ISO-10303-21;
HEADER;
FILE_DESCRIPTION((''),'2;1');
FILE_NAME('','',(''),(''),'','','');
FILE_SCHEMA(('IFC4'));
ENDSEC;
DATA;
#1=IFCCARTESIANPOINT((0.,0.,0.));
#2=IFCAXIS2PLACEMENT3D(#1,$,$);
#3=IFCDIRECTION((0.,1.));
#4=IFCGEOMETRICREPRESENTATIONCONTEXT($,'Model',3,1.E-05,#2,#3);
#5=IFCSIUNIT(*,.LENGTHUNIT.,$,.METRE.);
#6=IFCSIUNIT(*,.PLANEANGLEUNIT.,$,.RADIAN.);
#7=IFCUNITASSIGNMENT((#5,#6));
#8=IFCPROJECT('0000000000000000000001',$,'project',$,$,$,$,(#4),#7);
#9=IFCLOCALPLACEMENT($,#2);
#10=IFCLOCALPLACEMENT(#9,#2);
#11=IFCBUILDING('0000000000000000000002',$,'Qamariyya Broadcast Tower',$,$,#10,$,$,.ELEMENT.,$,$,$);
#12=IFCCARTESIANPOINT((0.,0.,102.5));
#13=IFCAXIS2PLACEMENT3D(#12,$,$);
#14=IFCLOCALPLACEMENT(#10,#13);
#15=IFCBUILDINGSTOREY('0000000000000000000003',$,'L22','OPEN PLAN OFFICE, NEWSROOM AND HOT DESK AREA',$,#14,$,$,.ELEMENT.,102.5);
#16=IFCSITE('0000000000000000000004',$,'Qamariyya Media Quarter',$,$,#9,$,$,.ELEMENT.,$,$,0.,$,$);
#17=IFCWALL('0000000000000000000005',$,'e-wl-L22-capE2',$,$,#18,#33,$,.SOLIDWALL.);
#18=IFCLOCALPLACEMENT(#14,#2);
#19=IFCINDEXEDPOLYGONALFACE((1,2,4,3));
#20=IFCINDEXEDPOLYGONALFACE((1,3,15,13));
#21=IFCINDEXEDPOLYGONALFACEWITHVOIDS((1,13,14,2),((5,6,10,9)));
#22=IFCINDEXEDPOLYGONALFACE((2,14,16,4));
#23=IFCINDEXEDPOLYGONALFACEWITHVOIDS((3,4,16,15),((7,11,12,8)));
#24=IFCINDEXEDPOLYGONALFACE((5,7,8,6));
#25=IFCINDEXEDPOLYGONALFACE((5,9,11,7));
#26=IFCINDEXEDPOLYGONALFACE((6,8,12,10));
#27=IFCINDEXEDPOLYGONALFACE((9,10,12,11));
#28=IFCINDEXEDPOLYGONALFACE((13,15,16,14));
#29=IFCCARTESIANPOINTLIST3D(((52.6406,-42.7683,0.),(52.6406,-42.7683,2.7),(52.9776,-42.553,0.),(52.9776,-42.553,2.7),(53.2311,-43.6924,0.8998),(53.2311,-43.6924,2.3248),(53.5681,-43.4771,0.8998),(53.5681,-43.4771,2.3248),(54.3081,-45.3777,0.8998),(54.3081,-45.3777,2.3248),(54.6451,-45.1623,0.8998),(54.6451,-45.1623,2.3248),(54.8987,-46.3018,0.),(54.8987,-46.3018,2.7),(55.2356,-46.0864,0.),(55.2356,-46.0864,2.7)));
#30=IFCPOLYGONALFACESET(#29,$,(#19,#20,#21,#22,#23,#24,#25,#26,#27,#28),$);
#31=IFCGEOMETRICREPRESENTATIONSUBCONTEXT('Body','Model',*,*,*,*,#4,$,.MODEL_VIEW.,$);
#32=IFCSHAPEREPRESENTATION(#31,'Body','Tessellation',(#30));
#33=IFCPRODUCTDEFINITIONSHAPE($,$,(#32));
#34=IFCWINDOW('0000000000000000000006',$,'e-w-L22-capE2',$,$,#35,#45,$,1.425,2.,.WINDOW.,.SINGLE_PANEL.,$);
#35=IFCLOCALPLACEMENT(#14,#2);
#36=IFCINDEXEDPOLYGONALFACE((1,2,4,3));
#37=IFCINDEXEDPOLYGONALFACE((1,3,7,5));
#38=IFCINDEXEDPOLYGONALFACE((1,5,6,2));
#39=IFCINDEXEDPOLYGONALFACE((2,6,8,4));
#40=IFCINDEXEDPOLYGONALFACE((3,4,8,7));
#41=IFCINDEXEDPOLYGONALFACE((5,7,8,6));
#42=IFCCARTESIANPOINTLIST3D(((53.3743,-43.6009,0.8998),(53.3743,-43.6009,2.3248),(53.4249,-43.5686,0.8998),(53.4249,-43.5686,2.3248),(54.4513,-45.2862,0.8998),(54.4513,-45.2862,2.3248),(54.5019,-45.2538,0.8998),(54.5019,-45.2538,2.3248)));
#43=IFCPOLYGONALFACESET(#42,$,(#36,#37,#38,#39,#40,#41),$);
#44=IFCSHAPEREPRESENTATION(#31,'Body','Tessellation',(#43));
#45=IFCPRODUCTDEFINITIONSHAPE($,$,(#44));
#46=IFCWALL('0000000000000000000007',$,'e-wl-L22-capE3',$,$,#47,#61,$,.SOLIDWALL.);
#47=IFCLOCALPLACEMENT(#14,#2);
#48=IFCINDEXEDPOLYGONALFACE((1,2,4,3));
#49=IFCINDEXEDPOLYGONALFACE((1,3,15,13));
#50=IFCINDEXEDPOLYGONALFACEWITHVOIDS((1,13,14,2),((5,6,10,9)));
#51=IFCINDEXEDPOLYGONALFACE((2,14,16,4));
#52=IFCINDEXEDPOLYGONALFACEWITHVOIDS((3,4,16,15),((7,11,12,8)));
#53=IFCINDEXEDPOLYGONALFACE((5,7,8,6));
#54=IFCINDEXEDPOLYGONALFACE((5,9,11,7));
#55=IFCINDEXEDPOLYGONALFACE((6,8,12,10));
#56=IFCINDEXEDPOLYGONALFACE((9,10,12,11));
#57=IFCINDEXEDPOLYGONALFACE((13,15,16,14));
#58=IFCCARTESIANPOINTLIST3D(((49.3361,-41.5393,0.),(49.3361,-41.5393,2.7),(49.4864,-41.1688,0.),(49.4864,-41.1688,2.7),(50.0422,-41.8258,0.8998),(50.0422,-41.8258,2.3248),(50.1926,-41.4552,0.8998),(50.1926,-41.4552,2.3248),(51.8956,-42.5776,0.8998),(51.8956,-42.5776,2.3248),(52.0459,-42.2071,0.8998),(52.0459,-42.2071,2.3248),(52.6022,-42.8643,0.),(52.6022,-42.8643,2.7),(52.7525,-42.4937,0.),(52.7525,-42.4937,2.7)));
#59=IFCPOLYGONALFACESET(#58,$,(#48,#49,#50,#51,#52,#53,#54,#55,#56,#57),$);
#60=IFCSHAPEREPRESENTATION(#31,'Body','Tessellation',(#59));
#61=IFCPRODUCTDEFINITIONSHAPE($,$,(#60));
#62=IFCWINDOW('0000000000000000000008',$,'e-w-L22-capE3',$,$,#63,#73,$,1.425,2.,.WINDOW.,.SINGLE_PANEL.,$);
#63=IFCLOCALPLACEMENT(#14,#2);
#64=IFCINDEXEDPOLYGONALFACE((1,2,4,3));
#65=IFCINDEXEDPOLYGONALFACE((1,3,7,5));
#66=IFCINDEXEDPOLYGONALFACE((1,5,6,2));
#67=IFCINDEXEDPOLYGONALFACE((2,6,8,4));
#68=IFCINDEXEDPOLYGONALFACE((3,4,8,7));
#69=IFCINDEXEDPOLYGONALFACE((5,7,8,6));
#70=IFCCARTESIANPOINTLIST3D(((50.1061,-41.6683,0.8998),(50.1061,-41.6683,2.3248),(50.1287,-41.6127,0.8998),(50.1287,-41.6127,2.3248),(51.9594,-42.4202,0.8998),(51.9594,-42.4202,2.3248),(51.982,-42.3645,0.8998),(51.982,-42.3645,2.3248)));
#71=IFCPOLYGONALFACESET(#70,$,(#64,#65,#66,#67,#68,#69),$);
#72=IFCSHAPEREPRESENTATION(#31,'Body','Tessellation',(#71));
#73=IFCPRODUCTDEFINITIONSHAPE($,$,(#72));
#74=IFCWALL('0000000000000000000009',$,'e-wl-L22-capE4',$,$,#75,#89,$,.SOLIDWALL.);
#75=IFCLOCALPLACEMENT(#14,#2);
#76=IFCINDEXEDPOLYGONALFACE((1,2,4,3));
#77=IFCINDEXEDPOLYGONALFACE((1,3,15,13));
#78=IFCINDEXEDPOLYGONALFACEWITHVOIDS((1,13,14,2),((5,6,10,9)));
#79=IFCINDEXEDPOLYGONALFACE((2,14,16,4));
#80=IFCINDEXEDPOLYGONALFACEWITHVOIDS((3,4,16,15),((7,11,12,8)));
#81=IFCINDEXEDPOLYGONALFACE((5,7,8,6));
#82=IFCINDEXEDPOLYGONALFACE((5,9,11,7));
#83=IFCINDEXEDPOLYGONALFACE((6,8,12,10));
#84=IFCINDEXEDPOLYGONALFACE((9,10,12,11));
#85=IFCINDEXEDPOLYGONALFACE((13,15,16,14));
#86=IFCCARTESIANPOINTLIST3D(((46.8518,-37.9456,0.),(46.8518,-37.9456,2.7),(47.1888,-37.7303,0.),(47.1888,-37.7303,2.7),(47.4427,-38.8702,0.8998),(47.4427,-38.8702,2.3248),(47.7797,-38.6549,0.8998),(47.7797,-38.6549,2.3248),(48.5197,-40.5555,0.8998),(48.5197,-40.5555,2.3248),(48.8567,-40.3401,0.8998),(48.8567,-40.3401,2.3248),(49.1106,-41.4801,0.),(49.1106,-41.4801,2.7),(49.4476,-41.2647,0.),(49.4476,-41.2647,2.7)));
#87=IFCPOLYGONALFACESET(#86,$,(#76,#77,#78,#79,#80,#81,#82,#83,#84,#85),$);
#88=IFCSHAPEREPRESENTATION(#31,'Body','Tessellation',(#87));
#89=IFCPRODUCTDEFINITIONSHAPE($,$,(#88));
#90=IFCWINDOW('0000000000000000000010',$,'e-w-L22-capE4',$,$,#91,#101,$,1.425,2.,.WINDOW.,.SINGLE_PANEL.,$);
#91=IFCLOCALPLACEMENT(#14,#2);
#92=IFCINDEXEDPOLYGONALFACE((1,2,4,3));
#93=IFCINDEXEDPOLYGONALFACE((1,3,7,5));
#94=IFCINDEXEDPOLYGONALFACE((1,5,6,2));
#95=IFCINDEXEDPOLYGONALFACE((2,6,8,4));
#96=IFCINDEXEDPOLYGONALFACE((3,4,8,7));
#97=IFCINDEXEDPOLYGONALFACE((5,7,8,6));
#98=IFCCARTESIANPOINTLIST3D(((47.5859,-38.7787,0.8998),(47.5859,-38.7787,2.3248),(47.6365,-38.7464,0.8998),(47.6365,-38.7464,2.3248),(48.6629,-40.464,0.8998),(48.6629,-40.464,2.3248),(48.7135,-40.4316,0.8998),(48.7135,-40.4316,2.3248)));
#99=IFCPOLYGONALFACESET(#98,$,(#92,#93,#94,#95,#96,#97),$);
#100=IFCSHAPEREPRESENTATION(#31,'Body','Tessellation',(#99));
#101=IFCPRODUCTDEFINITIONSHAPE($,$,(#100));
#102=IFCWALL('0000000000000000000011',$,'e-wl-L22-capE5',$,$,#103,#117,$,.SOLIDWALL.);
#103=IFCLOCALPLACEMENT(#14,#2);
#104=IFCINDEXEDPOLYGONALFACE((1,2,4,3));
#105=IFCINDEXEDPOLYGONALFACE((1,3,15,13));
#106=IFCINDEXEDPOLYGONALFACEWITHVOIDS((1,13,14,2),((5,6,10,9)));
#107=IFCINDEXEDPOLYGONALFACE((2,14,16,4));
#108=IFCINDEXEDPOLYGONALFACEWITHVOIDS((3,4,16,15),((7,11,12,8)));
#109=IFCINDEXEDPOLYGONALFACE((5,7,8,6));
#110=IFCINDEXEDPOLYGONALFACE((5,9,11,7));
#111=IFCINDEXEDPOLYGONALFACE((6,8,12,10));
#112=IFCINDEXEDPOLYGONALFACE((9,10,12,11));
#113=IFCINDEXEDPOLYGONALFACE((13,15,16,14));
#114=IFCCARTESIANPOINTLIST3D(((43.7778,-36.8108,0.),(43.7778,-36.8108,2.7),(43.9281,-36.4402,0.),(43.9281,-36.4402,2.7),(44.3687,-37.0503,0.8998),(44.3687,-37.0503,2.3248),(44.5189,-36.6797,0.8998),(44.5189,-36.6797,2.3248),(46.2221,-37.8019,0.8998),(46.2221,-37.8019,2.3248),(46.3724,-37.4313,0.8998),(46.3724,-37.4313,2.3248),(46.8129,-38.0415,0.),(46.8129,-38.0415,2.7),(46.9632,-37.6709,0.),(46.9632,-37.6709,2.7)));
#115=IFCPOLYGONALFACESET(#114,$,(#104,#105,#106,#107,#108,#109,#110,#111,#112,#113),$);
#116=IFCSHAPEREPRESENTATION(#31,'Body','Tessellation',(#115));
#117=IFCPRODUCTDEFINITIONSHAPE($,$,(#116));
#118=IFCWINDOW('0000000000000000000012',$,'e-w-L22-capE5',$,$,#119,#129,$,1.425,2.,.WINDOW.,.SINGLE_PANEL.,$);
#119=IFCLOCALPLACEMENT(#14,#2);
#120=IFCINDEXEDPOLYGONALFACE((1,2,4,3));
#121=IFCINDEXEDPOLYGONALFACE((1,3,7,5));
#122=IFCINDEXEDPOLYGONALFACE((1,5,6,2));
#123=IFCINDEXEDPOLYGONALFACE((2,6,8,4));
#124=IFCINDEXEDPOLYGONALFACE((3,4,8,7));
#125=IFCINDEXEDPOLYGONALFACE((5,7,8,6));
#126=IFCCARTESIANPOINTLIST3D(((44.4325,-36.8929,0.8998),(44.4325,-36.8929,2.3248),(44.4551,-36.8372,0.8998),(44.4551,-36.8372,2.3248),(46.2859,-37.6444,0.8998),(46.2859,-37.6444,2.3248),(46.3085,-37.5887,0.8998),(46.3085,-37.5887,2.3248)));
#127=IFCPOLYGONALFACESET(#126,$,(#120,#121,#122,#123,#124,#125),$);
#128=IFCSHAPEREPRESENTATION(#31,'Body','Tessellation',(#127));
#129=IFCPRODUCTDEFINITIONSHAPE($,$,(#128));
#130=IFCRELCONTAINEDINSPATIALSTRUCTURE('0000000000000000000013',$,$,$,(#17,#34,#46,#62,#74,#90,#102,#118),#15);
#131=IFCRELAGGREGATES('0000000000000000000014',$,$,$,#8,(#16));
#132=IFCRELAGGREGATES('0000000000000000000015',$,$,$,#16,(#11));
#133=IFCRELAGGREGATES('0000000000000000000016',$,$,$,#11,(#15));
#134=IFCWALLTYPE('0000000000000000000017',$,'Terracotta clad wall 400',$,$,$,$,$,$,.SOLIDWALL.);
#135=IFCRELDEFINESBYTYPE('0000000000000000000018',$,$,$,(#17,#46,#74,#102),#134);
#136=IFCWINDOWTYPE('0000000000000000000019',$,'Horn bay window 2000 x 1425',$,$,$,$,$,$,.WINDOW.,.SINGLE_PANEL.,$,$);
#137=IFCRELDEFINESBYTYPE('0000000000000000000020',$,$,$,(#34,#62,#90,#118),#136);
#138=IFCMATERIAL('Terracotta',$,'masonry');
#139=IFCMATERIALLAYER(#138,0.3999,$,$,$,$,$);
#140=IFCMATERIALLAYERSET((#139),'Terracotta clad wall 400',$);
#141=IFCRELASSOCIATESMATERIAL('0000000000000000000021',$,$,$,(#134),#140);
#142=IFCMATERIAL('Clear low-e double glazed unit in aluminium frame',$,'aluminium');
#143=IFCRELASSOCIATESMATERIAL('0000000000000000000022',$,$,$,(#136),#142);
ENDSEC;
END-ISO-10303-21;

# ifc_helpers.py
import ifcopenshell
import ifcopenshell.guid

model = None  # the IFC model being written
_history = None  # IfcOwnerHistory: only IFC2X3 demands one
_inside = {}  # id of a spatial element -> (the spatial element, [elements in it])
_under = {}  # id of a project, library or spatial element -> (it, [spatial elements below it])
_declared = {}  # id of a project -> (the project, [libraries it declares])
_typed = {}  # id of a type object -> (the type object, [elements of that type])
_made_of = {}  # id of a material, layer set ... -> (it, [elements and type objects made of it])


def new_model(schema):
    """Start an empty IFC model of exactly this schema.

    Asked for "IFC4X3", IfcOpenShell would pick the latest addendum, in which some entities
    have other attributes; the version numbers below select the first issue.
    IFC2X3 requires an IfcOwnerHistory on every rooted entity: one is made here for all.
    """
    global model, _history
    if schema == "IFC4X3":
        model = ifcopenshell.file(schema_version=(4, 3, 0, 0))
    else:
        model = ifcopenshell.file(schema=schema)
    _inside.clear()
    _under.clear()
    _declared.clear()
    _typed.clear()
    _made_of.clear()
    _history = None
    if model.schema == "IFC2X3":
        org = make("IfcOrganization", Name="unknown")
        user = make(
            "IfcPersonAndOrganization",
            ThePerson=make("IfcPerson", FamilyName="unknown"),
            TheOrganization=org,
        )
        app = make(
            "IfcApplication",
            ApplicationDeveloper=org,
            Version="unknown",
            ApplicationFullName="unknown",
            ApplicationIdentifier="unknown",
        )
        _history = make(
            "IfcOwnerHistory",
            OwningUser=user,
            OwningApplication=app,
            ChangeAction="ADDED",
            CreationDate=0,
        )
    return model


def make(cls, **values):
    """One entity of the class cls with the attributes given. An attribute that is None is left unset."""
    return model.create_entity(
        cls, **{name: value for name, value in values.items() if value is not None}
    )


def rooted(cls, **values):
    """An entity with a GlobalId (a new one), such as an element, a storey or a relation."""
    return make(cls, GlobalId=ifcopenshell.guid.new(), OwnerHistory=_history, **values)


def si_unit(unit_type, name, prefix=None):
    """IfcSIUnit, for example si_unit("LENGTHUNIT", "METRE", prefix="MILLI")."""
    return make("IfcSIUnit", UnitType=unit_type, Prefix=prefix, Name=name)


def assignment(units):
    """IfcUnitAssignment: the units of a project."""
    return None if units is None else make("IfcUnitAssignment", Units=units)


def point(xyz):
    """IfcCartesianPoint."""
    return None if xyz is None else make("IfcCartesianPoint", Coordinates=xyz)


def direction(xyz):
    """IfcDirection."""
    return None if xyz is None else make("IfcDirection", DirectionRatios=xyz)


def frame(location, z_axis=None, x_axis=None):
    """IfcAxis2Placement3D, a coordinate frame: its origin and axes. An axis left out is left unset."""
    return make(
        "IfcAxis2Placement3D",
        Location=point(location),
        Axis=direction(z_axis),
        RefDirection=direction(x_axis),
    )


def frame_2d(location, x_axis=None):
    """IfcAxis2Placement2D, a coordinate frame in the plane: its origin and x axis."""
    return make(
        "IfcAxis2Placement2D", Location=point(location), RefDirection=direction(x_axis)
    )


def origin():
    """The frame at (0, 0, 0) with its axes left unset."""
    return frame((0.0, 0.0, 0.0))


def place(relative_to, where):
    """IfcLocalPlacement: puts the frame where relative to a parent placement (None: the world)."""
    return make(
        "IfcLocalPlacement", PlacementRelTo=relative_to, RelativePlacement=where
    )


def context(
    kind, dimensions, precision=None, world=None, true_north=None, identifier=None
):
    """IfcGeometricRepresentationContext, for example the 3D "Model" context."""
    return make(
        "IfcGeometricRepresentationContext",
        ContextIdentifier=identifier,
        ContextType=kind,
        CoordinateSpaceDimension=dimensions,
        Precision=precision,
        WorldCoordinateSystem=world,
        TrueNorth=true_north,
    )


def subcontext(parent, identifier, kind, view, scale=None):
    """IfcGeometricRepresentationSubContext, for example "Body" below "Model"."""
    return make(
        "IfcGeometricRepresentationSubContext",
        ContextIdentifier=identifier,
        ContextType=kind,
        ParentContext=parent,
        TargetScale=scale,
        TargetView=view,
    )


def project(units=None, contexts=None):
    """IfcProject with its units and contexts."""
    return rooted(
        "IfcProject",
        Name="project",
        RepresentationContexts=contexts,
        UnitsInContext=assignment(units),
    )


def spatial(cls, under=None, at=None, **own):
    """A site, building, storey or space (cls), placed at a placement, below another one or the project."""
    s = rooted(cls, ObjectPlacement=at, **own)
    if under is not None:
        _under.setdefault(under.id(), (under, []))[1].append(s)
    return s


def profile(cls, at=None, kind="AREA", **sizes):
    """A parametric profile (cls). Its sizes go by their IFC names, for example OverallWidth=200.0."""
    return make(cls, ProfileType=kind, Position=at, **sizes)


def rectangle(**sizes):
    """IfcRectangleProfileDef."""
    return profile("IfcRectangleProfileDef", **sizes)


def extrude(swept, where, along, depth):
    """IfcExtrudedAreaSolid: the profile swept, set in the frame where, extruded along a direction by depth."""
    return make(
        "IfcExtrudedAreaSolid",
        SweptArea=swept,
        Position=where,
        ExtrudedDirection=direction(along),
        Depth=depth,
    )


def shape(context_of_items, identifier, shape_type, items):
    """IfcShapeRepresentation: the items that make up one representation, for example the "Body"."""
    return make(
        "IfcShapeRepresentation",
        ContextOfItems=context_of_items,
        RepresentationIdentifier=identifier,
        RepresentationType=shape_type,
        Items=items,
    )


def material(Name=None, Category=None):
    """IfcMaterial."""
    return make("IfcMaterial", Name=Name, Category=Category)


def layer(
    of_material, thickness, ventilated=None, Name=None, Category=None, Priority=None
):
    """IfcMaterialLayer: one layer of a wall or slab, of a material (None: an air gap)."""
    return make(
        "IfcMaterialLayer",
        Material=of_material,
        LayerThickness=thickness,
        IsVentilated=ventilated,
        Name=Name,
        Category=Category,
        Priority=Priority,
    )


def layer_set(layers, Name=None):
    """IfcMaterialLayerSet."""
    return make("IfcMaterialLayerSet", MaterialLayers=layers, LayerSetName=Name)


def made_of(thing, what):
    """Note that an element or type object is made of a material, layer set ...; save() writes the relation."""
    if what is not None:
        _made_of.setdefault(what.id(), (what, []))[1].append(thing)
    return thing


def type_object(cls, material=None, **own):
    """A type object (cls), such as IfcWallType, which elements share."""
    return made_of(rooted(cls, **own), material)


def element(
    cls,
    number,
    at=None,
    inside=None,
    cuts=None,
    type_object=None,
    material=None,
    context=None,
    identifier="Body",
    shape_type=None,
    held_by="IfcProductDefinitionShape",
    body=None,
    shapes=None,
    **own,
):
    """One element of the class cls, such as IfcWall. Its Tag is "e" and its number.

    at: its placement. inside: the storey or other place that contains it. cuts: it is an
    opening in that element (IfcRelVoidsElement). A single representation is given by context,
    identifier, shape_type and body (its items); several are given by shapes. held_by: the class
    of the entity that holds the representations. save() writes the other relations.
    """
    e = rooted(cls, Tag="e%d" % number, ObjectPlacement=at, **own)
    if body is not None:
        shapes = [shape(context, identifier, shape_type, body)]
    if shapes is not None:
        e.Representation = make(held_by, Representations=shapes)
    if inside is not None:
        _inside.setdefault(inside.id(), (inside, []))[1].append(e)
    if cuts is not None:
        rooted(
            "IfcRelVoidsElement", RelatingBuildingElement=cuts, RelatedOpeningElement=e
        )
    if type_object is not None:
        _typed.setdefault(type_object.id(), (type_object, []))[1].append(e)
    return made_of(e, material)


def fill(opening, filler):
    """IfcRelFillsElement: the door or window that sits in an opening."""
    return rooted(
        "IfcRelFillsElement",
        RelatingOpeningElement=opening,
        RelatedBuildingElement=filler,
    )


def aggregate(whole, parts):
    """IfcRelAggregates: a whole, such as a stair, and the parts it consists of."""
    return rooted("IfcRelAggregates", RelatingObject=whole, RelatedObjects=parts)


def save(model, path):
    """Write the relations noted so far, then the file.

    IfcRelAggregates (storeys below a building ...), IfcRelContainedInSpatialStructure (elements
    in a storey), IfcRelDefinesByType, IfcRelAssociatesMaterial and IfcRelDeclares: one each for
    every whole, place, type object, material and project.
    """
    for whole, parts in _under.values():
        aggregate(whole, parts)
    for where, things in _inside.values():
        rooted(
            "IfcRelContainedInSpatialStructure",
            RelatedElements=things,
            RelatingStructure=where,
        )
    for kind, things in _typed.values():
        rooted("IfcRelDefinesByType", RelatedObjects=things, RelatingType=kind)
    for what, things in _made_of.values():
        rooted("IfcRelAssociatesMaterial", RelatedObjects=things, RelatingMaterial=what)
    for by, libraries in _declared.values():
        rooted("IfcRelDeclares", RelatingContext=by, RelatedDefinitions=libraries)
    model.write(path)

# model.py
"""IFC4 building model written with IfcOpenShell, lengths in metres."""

from ifc_helpers import new_model, si_unit, direction, frame, frame_2d, origin, place, context, subcontext, project, spatial, rectangle, extrude, material, layer, layer_set, type_object, element, fill, save


model = new_model("IFC4")

# Units and contexts
model_context = context("Model", 3, precision=1e-05, world=origin(), true_north=direction((0.0, 1.0)))
body_context = subcontext(model_context, "Body", "Model", "MODEL_VIEW")
ifc_project = project(units=[si_unit("LENGTHUNIT", "METRE"), si_unit("PLANEANGLEUNIT", "RADIAN")], contexts=[model_context])

# Site, building, storey
site_placement = place(None, origin())
site = spatial("IfcSite", under=ifc_project, at=site_placement, Name="Qamariyya Media Quarter", CompositionType="ELEMENT", RefElevation=0.0)
building_placement = place(site_placement, origin())
building = spatial("IfcBuilding", under=site, at=building_placement, Name="Qamariyya Broadcast Tower", CompositionType="ELEMENT")
storey_placement = place(building_placement, frame((0.0, 0.0, 102.5)))
storey = spatial("IfcBuildingStorey", under=building, at=storey_placement, Name="L22", Description="OPEN PLAN OFFICE, NEWSROOM AND HOT DESK AREA", CompositionType="ELEMENT", Elevation=102.5)

# Walls, openings, windows
ifc_material_1 = material(Name="Terracotta", Category="masonry")
ifc_layer = layer(ifc_material_1, 0.3999)
ifc_layer_set = layer_set([ifc_layer], Name="Terracotta clad wall 400")
wall_type = type_object("IfcWallType", Name="Terracotta clad wall 400", PredefinedType="SOLIDWALL", material=ifc_layer_set)
ifc_material_2 = material(Name="Clear low-e double glazed unit in aluminium frame", Category="aluminium")
window_type = type_object("IfcWindowType", Name="Horn bay window 2000 x 1425", PartitioningType="SINGLE_PANEL", PredefinedType="WINDOW", material=ifc_material_2)
wall_1_placement = place(storey_placement, frame((55.0671, -46.1941, 0.0), z_axis=(0.0, 0.0, 1.0), x_axis=(-0.538487, 0.842634, 0.0)))
wall_1 = element("IfcWall", 1, at=wall_1_placement, inside=storey, type_object=wall_type, Name="e-wl-L22-capE2", PredefinedType="SOLIDWALL", context=body_context, shape_type="SweptSolid", body=[
    extrude(rectangle(XDim=4.1934, YDim=0.3999, at=frame_2d((2.0967, 0.0))), origin(), (0.0, 0.0, 1.0), 2.7),
])
opening_1_placement = place(wall_1_placement, frame((1.0967, 0.0, 0.8999)))
opening_1 = element("IfcOpeningElement", 2, at=opening_1_placement, cuts=wall_1, PredefinedType="OPENING", context=body_context, shape_type="SweptSolid", body=[
    extrude(rectangle(XDim=2.0, YDim=1.425, at=frame_2d((1.0, 0.7124))), frame((0.0, 0.21, 0.0), z_axis=(0.0, -1.0, 0.0), x_axis=(1.0, 0.0, 0.0)), (0.0, 0.0, 1.0), 0.4199),
])
window_1_placement = place(opening_1_placement, origin())
window_1 = element("IfcWindow", 3, at=window_1_placement, inside=storey, type_object=window_type, Name="e-w-L22-capE2", OverallHeight=1.425, OverallWidth=2.0, PartitioningType="SINGLE_PANEL", PredefinedType="WINDOW", context=body_context, shape_type="SweptSolid", body=[
    extrude(rectangle(XDim=2.0, YDim=1.425, at=frame_2d((1.0, 0.7124))), frame((0.0, 0.03, 0.0), z_axis=(0.0, -1.0, 0.0), x_axis=(1.0, 0.0, 0.0)), (0.0, 0.0, 1.0), 0.0601),
])
fill(opening_1, window_1)
wall_2_placement = place(storey_placement, frame((52.6772, -42.679, 0.0), z_axis=(0.0, 0.0, 1.0), x_axis=(-0.926655, 0.375913, 0.0)))
wall_2 = element("IfcWall", 4, at=wall_2_placement, inside=storey, type_object=wall_type, Name="e-wl-L22-capE3", PredefinedType="SOLIDWALL", context=body_context, shape_type="SweptSolid", body=[
    extrude(rectangle(XDim=3.5247, YDim=0.3999, at=frame_2d((1.7622, 0.0))), origin(), (0.0, 0.0, 1.0), 2.7),
])
opening_2_placement = place(wall_2_placement, frame((0.7625, 0.0, 0.8999)))
opening_2 = element("IfcOpeningElement", 5, at=opening_2_placement, cuts=wall_2, PredefinedType="OPENING", context=body_context, shape_type="SweptSolid", body=[
    extrude(rectangle(XDim=2.0, YDim=1.425, at=frame_2d((1.0, 0.7124))), frame((0.0, 0.21, 0.0), z_axis=(0.0, -1.0, 0.0), x_axis=(1.0, 0.0, 0.0)), (0.0, 0.0, 1.0), 0.4199),
])
window_2_placement = place(opening_2_placement, origin())
window_2 = element("IfcWindow", 6, at=window_2_placement, inside=storey, type_object=window_type, Name="e-w-L22-capE3", OverallHeight=1.425, OverallWidth=2.0, PartitioningType="SINGLE_PANEL", PredefinedType="WINDOW", context=body_context, shape_type="SweptSolid", body=[
    extrude(rectangle(XDim=2.0, YDim=1.425, at=frame_2d((1.0, 0.7124))), frame((0.0, 0.03, 0.0), z_axis=(0.0, -1.0, 0.0), x_axis=(1.0, 0.0, 0.0)), (0.0, 0.0, 1.0), 0.0601),
])
fill(opening_2, window_2)
wall_3_placement = place(storey_placement, frame((49.2791, -41.3723, 0.0), z_axis=(0.0, 0.0, 1.0), x_axis=(-0.538505, 0.842622, 0.0)))
wall_3 = element("IfcWall", 7, at=wall_3_placement, inside=storey, type_object=wall_type, Name="e-wl-L22-capE4", PredefinedType="SOLIDWALL", context=body_context, shape_type="SweptSolid", body=[
    extrude(rectangle(XDim=4.1946, YDim=0.3999, at=frame_2d((2.0972, 0.0))), origin(), (0.0, 0.0, 1.0), 2.7),
])
opening_3_placement = place(wall_3_placement, frame((1.0972, 0.0, 0.8999)))
opening_3 = element("IfcOpeningElement", 8, at=opening_3_placement, cuts=wall_3, PredefinedType="OPENING", context=body_context, shape_type="SweptSolid", body=[
    extrude(rectangle(XDim=2.0, YDim=1.425, at=frame_2d((1.0, 0.7124))), frame((0.0, 0.21, 0.0), z_axis=(0.0, -1.0, 0.0), x_axis=(1.0, 0.0, 0.0)), (0.0, 0.0, 1.0), 0.4199),
])
window_3_placement = place(opening_3_placement, origin())
window_3 = element("IfcWindow", 9, at=window_3_placement, inside=storey, type_object=window_type, Name="e-w-L22-capE4", OverallHeight=1.425, OverallWidth=2.0, PartitioningType="SINGLE_PANEL", PredefinedType="WINDOW", context=body_context, shape_type="SweptSolid", body=[
    extrude(rectangle(XDim=2.0, YDim=1.425, at=frame_2d((1.0, 0.7124))), frame((0.0, 0.03, 0.0), z_axis=(0.0, -1.0, 0.0), x_axis=(1.0, 0.0, 0.0)), (0.0, 0.0, 1.0), 0.0601),
])
fill(opening_3, window_3)
wall_4_placement = place(storey_placement, frame((46.8882, -37.8562, 0.0), z_axis=(0.0, 0.0, 1.0), x_axis=(-0.926713, 0.375769, 0.0)))
wall_4 = element("IfcWall", 10, at=wall_4_placement, inside=storey, type_object=wall_type, Name="e-wl-L22-capE5", PredefinedType="SOLIDWALL", context=body_context, shape_type="SweptSolid", body=[
    extrude(rectangle(XDim=3.2751, YDim=0.3999, at=frame_2d((1.6377, 0.0))), origin(), (0.0, 0.0, 1.0), 2.7),
])
opening_4_placement = place(wall_4_placement, frame((0.6377, 0.0, 0.8999)))
opening_4 = element("IfcOpeningElement", 11, at=opening_4_placement, cuts=wall_4, PredefinedType="OPENING", context=body_context, shape_type="SweptSolid", body=[
    extrude(rectangle(XDim=2.0, YDim=1.425, at=frame_2d((1.0, 0.7124))), frame((0.0, 0.21, 0.0), z_axis=(0.0, -1.0, 0.0), x_axis=(1.0, 0.0, 0.0)), (0.0, 0.0, 1.0), 0.4199),
])
window_4_placement = place(opening_4_placement, origin())
window_4 = element("IfcWindow", 12, at=window_4_placement, inside=storey, type_object=window_type, Name="e-w-L22-capE5", OverallHeight=1.425, OverallWidth=2.0, PartitioningType="SINGLE_PANEL", PredefinedType="WINDOW", context=body_context, shape_type="SweptSolid", body=[
    extrude(rectangle(XDim=2.0, YDim=1.425, at=frame_2d((1.0, 0.7124))), frame((0.0, 0.03, 0.0), z_axis=(0.0, -1.0, 0.0), x_axis=(1.0, 0.0, 0.0)), (0.0, 0.0, 1.0), 0.0601),
])
fill(opening_4, window_4)

save(model, "model.ifc")
